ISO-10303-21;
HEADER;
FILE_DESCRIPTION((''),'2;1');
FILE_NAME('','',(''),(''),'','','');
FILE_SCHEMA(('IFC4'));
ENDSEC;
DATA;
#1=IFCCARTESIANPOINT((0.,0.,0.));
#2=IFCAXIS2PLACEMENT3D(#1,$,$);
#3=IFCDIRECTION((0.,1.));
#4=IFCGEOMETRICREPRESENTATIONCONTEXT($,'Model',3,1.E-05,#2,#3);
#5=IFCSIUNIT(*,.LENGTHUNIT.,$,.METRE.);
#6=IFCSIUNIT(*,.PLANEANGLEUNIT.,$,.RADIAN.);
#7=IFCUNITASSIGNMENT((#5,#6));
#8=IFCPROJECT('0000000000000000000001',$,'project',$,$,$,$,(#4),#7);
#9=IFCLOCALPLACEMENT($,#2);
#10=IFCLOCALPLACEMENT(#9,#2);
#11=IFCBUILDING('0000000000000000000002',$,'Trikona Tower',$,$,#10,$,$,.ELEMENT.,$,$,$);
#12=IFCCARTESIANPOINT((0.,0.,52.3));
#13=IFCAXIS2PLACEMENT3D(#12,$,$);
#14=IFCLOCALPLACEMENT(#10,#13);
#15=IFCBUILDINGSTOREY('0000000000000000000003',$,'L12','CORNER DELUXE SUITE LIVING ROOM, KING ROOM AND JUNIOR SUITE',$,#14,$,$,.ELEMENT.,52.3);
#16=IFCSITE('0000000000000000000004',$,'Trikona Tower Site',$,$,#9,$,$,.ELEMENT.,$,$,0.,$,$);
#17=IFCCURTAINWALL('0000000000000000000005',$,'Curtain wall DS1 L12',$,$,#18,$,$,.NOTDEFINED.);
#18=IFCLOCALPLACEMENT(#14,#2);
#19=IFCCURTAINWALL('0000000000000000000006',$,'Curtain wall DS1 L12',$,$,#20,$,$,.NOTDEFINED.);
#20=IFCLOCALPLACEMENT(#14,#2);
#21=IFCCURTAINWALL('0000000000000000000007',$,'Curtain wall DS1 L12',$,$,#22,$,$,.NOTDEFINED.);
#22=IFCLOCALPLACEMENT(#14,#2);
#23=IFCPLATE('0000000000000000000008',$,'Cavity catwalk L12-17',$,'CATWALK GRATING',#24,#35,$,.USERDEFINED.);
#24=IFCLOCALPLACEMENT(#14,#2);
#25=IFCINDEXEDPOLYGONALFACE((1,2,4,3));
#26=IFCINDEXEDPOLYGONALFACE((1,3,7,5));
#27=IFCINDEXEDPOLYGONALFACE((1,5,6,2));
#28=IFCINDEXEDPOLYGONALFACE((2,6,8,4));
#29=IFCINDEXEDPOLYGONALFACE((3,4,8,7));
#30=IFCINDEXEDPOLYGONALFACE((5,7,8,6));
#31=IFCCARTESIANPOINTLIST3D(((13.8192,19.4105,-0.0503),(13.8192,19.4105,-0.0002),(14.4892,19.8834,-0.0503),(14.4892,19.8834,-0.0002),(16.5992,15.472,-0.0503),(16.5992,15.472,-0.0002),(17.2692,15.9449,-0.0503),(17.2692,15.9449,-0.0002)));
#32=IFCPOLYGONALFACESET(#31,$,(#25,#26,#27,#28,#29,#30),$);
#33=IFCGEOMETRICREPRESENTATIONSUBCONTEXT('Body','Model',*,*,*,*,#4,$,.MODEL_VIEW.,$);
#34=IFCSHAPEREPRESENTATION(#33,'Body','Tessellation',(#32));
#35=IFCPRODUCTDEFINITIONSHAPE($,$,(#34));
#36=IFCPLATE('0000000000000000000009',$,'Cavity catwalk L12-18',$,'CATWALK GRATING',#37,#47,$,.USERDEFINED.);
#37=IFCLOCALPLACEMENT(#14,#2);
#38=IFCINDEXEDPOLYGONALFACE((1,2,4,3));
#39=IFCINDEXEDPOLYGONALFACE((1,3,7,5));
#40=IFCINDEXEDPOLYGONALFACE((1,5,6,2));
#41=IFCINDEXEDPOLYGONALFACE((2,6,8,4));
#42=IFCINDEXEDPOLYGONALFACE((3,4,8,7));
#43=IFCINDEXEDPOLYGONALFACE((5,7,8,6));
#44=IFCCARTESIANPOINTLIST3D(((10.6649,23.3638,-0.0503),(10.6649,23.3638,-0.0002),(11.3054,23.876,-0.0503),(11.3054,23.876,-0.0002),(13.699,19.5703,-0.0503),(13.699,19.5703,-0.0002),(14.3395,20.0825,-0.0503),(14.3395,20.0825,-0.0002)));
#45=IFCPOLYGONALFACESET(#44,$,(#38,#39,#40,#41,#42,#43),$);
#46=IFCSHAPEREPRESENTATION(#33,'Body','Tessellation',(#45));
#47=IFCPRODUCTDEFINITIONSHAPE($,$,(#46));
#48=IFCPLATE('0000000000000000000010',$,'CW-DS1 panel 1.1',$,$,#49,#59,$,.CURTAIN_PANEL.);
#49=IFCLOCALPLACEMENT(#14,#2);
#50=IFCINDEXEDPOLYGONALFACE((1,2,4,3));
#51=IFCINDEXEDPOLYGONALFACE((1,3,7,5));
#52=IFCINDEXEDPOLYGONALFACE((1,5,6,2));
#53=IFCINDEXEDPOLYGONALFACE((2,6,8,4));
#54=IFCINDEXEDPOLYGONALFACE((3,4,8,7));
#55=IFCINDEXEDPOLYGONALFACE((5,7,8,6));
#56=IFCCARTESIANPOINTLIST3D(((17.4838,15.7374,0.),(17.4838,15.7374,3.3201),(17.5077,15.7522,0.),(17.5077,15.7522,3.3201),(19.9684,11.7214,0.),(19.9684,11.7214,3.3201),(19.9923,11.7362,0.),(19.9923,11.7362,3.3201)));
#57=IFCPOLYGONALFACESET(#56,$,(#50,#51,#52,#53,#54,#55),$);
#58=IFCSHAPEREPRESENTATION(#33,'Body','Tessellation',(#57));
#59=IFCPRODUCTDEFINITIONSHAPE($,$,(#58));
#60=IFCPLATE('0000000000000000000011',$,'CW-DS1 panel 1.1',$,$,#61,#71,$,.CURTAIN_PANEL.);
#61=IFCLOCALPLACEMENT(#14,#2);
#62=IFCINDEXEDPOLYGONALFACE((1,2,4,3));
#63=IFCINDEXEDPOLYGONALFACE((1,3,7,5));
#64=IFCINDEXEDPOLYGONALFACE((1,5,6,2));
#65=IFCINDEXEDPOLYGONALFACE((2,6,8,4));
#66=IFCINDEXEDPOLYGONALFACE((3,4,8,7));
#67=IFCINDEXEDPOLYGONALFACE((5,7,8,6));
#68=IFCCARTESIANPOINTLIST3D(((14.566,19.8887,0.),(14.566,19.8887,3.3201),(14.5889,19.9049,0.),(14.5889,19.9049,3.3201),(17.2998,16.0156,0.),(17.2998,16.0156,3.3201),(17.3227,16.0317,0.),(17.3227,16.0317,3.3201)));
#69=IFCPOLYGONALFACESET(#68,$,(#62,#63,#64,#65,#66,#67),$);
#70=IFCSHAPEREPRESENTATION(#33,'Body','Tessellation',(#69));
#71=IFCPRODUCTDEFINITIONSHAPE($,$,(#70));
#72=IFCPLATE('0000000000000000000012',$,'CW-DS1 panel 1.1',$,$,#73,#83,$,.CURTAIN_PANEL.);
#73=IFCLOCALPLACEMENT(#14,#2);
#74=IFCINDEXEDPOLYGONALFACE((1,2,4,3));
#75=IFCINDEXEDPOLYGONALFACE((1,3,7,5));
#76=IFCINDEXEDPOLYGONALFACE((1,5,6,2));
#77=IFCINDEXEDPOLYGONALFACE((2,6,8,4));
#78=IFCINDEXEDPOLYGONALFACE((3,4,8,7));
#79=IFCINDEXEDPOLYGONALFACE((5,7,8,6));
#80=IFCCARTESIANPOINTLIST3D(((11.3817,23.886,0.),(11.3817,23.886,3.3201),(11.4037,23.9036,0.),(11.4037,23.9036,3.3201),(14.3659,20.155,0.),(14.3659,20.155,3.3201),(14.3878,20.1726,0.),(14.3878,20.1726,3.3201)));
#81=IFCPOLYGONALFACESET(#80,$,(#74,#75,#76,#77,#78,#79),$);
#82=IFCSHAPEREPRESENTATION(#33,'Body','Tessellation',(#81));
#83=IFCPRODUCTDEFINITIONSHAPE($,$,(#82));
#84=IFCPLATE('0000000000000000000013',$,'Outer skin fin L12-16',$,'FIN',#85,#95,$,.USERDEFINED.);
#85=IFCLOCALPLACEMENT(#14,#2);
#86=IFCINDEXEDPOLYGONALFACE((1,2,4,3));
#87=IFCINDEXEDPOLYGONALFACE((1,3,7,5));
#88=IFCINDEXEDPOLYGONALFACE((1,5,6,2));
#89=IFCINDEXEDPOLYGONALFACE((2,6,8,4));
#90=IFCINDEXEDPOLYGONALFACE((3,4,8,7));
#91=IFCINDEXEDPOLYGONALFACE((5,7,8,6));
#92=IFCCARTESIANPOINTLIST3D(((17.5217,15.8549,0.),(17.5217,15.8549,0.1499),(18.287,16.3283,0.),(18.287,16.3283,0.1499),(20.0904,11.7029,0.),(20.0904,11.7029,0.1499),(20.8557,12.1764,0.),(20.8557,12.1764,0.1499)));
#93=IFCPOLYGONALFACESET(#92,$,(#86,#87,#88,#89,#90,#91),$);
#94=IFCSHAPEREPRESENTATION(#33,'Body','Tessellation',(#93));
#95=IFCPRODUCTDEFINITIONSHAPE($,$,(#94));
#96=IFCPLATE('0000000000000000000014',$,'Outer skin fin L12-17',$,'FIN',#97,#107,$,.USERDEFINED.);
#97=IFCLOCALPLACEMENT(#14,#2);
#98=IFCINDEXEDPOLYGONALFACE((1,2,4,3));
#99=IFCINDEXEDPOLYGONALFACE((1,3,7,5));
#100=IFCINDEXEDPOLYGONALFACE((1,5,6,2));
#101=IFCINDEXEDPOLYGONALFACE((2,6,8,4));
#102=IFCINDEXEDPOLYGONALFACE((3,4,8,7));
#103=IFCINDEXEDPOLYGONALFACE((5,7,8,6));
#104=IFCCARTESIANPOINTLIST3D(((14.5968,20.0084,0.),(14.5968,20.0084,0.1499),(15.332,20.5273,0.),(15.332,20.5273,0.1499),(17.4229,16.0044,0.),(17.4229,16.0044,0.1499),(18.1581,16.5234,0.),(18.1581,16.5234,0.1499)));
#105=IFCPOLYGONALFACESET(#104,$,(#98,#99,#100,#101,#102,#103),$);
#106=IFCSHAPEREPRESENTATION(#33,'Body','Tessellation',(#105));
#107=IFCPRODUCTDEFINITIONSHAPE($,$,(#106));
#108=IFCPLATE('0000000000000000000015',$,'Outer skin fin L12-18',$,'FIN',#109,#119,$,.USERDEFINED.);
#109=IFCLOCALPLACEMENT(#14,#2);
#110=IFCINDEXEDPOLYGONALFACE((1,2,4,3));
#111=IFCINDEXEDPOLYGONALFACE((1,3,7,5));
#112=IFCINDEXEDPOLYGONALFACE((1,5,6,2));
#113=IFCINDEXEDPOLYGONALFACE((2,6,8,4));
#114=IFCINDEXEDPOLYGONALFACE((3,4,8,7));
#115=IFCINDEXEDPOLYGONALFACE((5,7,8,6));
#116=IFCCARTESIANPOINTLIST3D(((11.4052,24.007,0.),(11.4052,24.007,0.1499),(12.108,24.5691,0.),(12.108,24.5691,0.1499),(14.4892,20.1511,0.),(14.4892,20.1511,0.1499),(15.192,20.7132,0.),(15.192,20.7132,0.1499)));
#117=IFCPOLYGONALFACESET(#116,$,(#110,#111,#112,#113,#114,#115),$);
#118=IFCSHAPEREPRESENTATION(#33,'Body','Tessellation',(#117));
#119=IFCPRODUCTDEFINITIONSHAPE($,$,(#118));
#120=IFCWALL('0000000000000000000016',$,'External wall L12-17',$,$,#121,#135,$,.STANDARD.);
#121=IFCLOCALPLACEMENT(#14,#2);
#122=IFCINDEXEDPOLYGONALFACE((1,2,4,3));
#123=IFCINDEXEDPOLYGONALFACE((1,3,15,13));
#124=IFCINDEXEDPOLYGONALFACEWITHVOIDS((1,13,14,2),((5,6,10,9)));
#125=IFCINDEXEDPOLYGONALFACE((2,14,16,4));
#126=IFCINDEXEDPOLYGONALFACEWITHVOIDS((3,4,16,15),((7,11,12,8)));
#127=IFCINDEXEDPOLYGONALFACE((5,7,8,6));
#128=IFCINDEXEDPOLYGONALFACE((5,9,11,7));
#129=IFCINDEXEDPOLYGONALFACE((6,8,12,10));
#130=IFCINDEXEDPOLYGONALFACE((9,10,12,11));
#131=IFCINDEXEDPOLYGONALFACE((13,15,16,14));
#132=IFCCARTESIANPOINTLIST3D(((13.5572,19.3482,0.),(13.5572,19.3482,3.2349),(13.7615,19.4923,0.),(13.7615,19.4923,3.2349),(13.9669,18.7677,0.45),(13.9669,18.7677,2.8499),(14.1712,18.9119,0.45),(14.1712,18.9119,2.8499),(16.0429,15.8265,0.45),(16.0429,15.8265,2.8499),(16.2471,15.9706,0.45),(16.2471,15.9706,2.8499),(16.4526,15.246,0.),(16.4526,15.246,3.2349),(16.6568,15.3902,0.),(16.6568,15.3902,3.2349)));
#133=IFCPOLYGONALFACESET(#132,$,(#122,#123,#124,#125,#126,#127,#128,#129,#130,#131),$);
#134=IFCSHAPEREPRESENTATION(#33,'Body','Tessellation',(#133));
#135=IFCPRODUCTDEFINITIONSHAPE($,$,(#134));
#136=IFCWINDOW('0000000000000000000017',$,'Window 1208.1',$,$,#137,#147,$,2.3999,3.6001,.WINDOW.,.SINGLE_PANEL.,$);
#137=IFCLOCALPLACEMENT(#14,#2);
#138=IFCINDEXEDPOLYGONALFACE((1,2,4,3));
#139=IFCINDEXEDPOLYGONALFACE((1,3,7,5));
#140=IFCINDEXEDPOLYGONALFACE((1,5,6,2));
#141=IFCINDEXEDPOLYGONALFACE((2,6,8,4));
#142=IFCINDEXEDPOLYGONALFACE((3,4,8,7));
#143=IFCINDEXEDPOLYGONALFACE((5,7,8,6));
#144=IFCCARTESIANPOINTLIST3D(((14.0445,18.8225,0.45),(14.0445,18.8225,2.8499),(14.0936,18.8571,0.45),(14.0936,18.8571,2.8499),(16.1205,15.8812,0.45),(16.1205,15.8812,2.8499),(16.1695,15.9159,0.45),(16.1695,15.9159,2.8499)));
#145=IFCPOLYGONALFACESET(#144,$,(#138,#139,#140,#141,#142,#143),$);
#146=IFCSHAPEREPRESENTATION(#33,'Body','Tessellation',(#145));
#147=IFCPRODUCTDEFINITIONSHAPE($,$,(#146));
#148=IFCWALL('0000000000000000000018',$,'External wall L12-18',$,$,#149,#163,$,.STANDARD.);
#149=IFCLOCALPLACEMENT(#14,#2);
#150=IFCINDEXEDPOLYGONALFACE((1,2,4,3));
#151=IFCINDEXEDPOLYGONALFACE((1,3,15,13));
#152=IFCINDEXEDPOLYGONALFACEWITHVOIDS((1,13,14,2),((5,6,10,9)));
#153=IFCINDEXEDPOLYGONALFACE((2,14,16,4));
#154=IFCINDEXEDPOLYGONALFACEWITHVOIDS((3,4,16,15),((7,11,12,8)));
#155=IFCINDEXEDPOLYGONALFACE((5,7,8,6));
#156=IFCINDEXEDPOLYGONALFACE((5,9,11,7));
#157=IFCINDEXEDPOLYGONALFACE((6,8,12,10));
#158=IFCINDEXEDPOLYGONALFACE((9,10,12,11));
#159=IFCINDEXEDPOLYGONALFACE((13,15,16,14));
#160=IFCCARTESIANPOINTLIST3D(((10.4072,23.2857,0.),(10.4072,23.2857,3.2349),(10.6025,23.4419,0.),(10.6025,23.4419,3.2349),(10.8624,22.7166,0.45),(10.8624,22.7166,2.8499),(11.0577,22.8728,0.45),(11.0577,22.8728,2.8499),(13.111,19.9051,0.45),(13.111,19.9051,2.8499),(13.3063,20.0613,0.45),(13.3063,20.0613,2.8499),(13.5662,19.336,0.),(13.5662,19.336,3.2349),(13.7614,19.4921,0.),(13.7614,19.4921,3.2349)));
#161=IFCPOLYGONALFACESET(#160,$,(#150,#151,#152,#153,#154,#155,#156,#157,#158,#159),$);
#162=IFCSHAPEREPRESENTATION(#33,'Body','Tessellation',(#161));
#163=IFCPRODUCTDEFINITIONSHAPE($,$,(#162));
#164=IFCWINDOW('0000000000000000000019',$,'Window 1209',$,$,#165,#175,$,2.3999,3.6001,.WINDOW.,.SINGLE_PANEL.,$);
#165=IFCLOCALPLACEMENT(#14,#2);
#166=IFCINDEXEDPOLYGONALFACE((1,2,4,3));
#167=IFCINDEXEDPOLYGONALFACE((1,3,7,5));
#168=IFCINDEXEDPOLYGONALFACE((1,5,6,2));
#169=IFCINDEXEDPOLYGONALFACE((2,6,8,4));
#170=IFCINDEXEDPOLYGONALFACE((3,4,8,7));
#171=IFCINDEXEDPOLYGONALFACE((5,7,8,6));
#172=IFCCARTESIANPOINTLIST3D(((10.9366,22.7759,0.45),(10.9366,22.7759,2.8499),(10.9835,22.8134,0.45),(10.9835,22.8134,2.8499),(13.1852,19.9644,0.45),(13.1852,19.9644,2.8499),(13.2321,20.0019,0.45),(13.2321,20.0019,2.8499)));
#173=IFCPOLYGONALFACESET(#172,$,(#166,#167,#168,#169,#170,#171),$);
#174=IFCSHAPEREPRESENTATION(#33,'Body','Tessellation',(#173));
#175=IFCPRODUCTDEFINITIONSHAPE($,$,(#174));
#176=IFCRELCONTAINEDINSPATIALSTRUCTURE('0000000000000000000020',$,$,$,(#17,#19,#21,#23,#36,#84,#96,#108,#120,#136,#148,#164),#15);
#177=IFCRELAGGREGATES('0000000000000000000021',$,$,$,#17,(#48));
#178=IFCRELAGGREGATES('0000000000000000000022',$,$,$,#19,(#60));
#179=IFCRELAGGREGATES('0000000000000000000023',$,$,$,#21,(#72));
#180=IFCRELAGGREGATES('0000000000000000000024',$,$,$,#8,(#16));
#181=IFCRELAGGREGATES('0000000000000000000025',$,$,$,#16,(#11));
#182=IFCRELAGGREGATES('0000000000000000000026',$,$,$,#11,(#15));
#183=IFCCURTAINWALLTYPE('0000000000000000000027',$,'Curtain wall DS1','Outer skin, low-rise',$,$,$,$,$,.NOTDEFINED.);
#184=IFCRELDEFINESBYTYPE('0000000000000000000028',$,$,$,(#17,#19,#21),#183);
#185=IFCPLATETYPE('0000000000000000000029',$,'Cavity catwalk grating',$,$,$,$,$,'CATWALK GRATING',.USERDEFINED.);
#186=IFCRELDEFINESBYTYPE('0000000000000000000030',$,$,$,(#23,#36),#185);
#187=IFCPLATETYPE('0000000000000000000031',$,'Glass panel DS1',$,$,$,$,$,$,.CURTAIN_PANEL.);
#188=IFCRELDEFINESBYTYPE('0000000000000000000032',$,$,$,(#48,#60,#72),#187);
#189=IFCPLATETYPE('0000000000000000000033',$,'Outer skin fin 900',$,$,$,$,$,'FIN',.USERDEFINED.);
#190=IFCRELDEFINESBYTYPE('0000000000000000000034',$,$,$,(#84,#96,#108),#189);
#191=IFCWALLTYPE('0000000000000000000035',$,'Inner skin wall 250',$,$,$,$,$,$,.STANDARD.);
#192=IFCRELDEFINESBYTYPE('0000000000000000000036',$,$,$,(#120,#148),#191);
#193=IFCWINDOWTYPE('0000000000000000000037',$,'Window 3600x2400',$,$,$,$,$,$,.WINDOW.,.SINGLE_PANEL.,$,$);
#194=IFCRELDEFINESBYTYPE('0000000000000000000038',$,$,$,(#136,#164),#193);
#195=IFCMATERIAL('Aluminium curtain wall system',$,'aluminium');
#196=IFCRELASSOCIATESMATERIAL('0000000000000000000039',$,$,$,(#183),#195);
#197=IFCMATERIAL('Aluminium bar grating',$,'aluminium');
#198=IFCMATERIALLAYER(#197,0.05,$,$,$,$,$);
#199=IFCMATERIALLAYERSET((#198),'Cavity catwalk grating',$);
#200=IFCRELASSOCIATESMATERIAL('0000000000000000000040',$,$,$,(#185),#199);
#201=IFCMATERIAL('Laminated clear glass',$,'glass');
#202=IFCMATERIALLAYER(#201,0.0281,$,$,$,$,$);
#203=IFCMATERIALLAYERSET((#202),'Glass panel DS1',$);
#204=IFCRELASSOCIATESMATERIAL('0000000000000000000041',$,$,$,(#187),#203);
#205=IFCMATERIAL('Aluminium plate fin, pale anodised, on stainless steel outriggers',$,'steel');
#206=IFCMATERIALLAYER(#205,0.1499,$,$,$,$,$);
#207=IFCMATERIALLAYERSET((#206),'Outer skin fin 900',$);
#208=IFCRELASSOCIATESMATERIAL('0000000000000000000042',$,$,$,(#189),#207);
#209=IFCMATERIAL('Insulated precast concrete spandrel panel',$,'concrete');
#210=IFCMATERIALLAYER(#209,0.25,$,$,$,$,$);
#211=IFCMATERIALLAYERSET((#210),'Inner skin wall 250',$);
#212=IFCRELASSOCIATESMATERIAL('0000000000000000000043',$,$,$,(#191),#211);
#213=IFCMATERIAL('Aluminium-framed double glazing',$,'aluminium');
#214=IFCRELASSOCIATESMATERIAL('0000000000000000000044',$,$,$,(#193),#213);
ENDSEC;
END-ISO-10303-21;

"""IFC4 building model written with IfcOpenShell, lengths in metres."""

from ifc_helpers import new_model, si_unit, direction, frame, frame_2d, origin, origin_2d, place, context, subcontext, project, spatial, rectangle, extrude, material, layer, layer_set, type_object, element, fill, aggregate, save


model = new_model("IFC4")

# Units and contexts
model_context = context("Model", 3, precision=1e-05, world=origin(), true_north=direction((0.0, 1.0)))
body_context = subcontext(model_context, "Body", "Model", "MODEL_VIEW")
ifc_project = project(units=[si_unit("LENGTHUNIT", "METRE"), si_unit("PLANEANGLEUNIT", "RADIAN")], contexts=[model_context])

# Site, building, storey
site_placement = place(None, origin())
site = spatial("IfcSite", under=ifc_project, at=site_placement, Name="Trikona Tower Site", CompositionType="ELEMENT", RefElevation=0.0)
building_placement = place(site_placement, origin())
building = spatial("IfcBuilding", under=site, at=building_placement, Name="Trikona Tower", CompositionType="ELEMENT")
storey_placement = place(building_placement, frame((0.0, 0.0, 52.3)))
storey = spatial("IfcBuildingStorey", under=building, at=storey_placement, Name="L12", Description="CORNER DELUXE SUITE LIVING ROOM, KING ROOM AND JUNIOR SUITE", CompositionType="ELEMENT", Elevation=52.3)

# Curtain wall
ifc_material_1 = material(Name="Aluminium curtain wall system", Category="aluminium")
curtain_wall_type = type_object("IfcCurtainWallType", Name="Curtain wall DS1", Description="Outer skin, low-rise", PredefinedType="NOTDEFINED", material=ifc_material_1)
curtain_wall_1_placement = place(storey_placement, origin())
curtain_wall_1 = element("IfcCurtainWall", 1, at=curtain_wall_1_placement, inside=storey, type_object=curtain_wall_type, Name="Curtain wall DS1 L12", PredefinedType="NOTDEFINED")

# Curtain walls
curtain_wall_2_placement = place(storey_placement, origin())
curtain_wall_2 = element("IfcCurtainWall", 2, at=curtain_wall_2_placement, inside=storey, type_object=curtain_wall_type, Name="Curtain wall DS1 L12", PredefinedType="NOTDEFINED")
curtain_wall_3_placement = place(storey_placement, origin())
curtain_wall_3 = element("IfcCurtainWall", 3, at=curtain_wall_3_placement, inside=storey, type_object=curtain_wall_type, Name="Curtain wall DS1 L12", PredefinedType="NOTDEFINED")

# Plates
ifc_material_2 = material(Name="Aluminium bar grating", Category="aluminium")
ifc_layer_1 = layer(ifc_material_2, 0.05)
ifc_layer_set_1 = layer_set([ifc_layer_1], Name="Cavity catwalk grating")
plate_type_1 = type_object("IfcPlateType", Name="Cavity catwalk grating", ElementType="CATWALK GRATING", PredefinedType="USERDEFINED", material=ifc_layer_set_1)
plate_1_placement = place(storey_placement, frame((15.5442, 17.6777, -0.0503), z_axis=(0.0, 0.0, 1.0), x_axis=(-0.576662, 0.816983, 0.0)))
element("IfcPlate", 4, at=plate_1_placement, inside=storey, type_object=plate_type_1, Name="Cavity catwalk L12-17", ObjectType="CATWALK GRATING", PredefinedType="USERDEFINED", context=body_context, shape_type="SweptSolid", body=[
    extrude(rectangle(XDim=4.8208, YDim=0.8201, at=origin_2d()), origin(), (0.0, 0.0, 1.0), 0.05),
])
plate_2_placement = place(storey_placement, frame((12.5022, 21.7231, -0.0503), z_axis=(0.0, 0.0, 1.0), x_axis=(-0.624604, 0.780942, 0.0)))
element("IfcPlate", 5, at=plate_2_placement, inside=storey, type_object=plate_type_1, Name="Cavity catwalk L12-18", ObjectType="CATWALK GRATING", PredefinedType="USERDEFINED", context=body_context, shape_type="SweptSolid", body=[
    extrude(rectangle(XDim=4.8577, YDim=0.8201, at=origin_2d()), origin(), (0.0, 0.0, 1.0), 0.05),
])

# Plates
ifc_material_3 = material(Name="Laminated clear glass", Category="glass")
ifc_layer_2 = layer(ifc_material_3, 0.0281)
ifc_layer_set_2 = layer_set([ifc_layer_2], Name="Glass panel DS1")
plate_type_2 = type_object("IfcPlateType", Name="Glass panel DS1", PredefinedType="CURTAIN_PANEL", material=ifc_layer_set_2)
plate_3_placement = place(storey_placement, frame((18.738, 13.7368, 0.0), z_axis=(0.0, 0.0, 1.0), x_axis=(-0.52612, 0.85041, 0.0)))
plate_3 = element("IfcPlate", 6, at=plate_3_placement, type_object=plate_type_2, Name="CW-DS1 panel 1.1", PredefinedType="CURTAIN_PANEL", context=body_context, shape_type="SweptSolid", body=[
    extrude(rectangle(XDim=4.7224, YDim=0.0281, at=origin_2d()), origin(), (0.0, 0.0, 1.0), 3.3201),
])
aggregate(curtain_wall_1, [plate_3])
plate_4_placement = place(storey_placement, frame((15.9443, 17.9602, 0.0), z_axis=(0.0, 0.0, 1.0), x_axis=(-0.576658, 0.816985, 0.0)))
plate_4 = element("IfcPlate", 7, at=plate_4_placement, type_object=plate_type_2, Name="CW-DS1 panel 1.1", PredefinedType="CURTAIN_PANEL", context=body_context, shape_type="SweptSolid", body=[
    extrude(rectangle(XDim=4.7407, YDim=0.0281, at=origin_2d()), origin(), (0.0, 0.0, 1.0), 3.3201),
])
aggregate(curtain_wall_2, [plate_4])
plate_5_placement = place(storey_placement, frame((12.8848, 22.0293, 0.0), z_axis=(0.0, 0.0, 1.0), x_axis=(-0.624609, 0.780938, 0.0)))
plate_5 = element("IfcPlate", 8, at=plate_5_placement, type_object=plate_type_2, Name="CW-DS1 panel 1.1", PredefinedType="CURTAIN_PANEL", context=body_context, shape_type="SweptSolid", body=[
    extrude(rectangle(XDim=4.7776, YDim=0.0281, at=origin_2d()), origin(), (0.0, 0.0, 1.0), 3.3201),
])
aggregate(curtain_wall_3, [plate_5])

# Plates
ifc_material_4 = material(Name="Aluminium plate fin, pale anodised, on stainless steel outriggers", Category="steel")
ifc_layer_3 = layer(ifc_material_4, 0.1499)
ifc_layer_set_3 = layer_set([ifc_layer_3], Name="Outer skin fin 900")
plate_type_3 = type_object("IfcPlateType", Name="Outer skin fin 900", ElementType="FIN", PredefinedType="USERDEFINED", material=ifc_layer_set_3)
plate_6_placement = place(storey_placement, frame((19.1887, 14.0156, 0.0), z_axis=(0.0, 0.0, 1.0), x_axis=(-0.526119, 0.850411, 0.0)))
element("IfcPlate", 9, at=plate_6_placement, inside=storey, type_object=plate_type_3, Name="Outer skin fin L12-16", ObjectType="FIN", PredefinedType="USERDEFINED", context=body_context, shape_type="SweptSolid", body=[
    extrude(rectangle(XDim=4.8823, YDim=0.8999, at=origin_2d()), origin(), (0.0, 0.0, 1.0), 0.1499),
])
plate_7_placement = place(storey_placement, frame((16.3774, 18.2659, 0.0), z_axis=(0.0, 0.0, 1.0), x_axis=(-0.576662, 0.816983, 0.0)))
element("IfcPlate", 10, at=plate_7_placement, inside=storey, type_object=plate_type_3, Name="Outer skin fin L12-17", ObjectType="FIN", PredefinedType="USERDEFINED", context=body_context, shape_type="SweptSolid", body=[
    extrude(rectangle(XDim=4.9009, YDim=0.8999, at=origin_2d()), origin(), (0.0, 0.0, 1.0), 0.1499),
])
plate_8_placement = place(storey_placement, frame((13.2986, 22.3601, 0.0), z_axis=(0.0, 0.0, 1.0), x_axis=(-0.624604, 0.780942, 0.0)))
element("IfcPlate", 11, at=plate_8_placement, inside=storey, type_object=plate_type_3, Name="Outer skin fin L12-18", ObjectType="FIN", PredefinedType="USERDEFINED", context=body_context, shape_type="SweptSolid", body=[
    extrude(rectangle(XDim=4.9375, YDim=0.8999, at=origin_2d()), origin(), (0.0, 0.0, 1.0), 0.1499),
])

# Walls, openings, windows
ifc_material_5 = material(Name="Insulated precast concrete spandrel panel", Category="concrete")
ifc_layer_4 = layer(ifc_material_5, 0.25)
ifc_layer_set_4 = layer_set([ifc_layer_4], Name="Inner skin wall 250")
wall_type = type_object("IfcWallType", Name="Inner skin wall 250", PredefinedType="STANDARD", material=ifc_layer_set_4)
wall_1_placement = place(storey_placement, frame((16.5547, 15.3181, 0.0), z_axis=(0.0, 0.0, 1.0), x_axis=(-0.576643, 0.816996, 0.0)))
wall_1 = element("IfcWall", 12, at=wall_1_placement, inside=storey, type_object=wall_type, Name="External wall L12-17", PredefinedType="STANDARD", context=body_context, shape_type="SweptSolid", body=[
    extrude(rectangle(XDim=5.021, YDim=0.25, at=frame_2d((2.5105, 0.0))), origin(), (0.0, 0.0, 1.0), 3.2349),
])
opening_1_placement = place(wall_1_placement, frame((0.7104, 0.0, 0.45)))
opening_1 = element("IfcOpeningElement", 13, at=opening_1_placement, cuts=wall_1, PredefinedType="OPENING", context=body_context, shape_type="SweptSolid", body=[
    extrude(rectangle(XDim=3.6001, YDim=2.3999, at=frame_2d((1.8, 1.2))), frame((0.0, 0.135, 0.0), z_axis=(0.0, -1.0, 0.0), x_axis=(1.0, 0.0, 0.0)), (0.0, 0.0, 1.0), 0.27),
])
ifc_material_6 = material(Name="Aluminium-framed double glazing", Category="aluminium")
window_type = type_object("IfcWindowType", Name="Window 3600x2400", PartitioningType="SINGLE_PANEL", PredefinedType="WINDOW", material=ifc_material_6)
window_1_placement = place(opening_1_placement, origin())
window_1 = element("IfcWindow", 14, at=window_1_placement, inside=storey, type_object=window_type, Name="Window 1208.1", OverallHeight=2.3999, OverallWidth=3.6001, PartitioningType="SINGLE_PANEL", PredefinedType="WINDOW", context=body_context, shape_type="SweptSolid", body=[
    extrude(rectangle(XDim=3.6001, YDim=2.3999, at=frame_2d((1.8, 1.2))), frame((0.0, 0.03, 0.0), z_axis=(0.0, -1.0, 0.0), x_axis=(1.0, 0.0, 0.0)), (0.0, 0.0, 1.0), 0.0601),
])
fill(opening_1, window_1)
wall_2_placement = place(storey_placement, frame((13.6638, 19.4141, 0.0), z_axis=(0.0, 0.0, 1.0), x_axis=(-0.624595, 0.780949, 0.0)))
wall_2 = element("IfcWall", 15, at=wall_2_placement, inside=storey, type_object=wall_type, Name="External wall L12-18", PredefinedType="STANDARD", context=body_context, shape_type="SweptSolid", body=[
    extrude(rectangle(XDim=5.0576, YDim=0.25, at=frame_2d((2.5288, 0.0))), origin(), (0.0, 0.0, 1.0), 3.2349),
])
opening_2_placement = place(wall_2_placement, frame((0.7288, 0.0, 0.45)))
opening_2 = element("IfcOpeningElement", 16, at=opening_2_placement, cuts=wall_2, PredefinedType="OPENING", context=body_context, shape_type="SweptSolid", body=[
    extrude(rectangle(XDim=3.6001, YDim=2.3999, at=frame_2d((1.8, 1.2))), frame((0.0, 0.135, 0.0), z_axis=(0.0, -1.0, 0.0), x_axis=(1.0, 0.0, 0.0)), (0.0, 0.0, 1.0), 0.27),
])
window_2_placement = place(opening_2_placement, origin())
window_2 = element("IfcWindow", 17, at=window_2_placement, inside=storey, type_object=window_type, Name="Window 1209", OverallHeight=2.3999, OverallWidth=3.6001, PartitioningType="SINGLE_PANEL", PredefinedType="WINDOW", context=body_context, shape_type="SweptSolid", body=[
    extrude(rectangle(XDim=3.6001, YDim=2.3999, at=frame_2d((1.8, 1.2))), frame((0.0, 0.03, 0.0), z_axis=(0.0, -1.0, 0.0), x_axis=(1.0, 0.0, 0.0)), (0.0, 0.0, 1.0), 0.0601),
])
fill(opening_2, window_2)

save(model, "model.ifc")
